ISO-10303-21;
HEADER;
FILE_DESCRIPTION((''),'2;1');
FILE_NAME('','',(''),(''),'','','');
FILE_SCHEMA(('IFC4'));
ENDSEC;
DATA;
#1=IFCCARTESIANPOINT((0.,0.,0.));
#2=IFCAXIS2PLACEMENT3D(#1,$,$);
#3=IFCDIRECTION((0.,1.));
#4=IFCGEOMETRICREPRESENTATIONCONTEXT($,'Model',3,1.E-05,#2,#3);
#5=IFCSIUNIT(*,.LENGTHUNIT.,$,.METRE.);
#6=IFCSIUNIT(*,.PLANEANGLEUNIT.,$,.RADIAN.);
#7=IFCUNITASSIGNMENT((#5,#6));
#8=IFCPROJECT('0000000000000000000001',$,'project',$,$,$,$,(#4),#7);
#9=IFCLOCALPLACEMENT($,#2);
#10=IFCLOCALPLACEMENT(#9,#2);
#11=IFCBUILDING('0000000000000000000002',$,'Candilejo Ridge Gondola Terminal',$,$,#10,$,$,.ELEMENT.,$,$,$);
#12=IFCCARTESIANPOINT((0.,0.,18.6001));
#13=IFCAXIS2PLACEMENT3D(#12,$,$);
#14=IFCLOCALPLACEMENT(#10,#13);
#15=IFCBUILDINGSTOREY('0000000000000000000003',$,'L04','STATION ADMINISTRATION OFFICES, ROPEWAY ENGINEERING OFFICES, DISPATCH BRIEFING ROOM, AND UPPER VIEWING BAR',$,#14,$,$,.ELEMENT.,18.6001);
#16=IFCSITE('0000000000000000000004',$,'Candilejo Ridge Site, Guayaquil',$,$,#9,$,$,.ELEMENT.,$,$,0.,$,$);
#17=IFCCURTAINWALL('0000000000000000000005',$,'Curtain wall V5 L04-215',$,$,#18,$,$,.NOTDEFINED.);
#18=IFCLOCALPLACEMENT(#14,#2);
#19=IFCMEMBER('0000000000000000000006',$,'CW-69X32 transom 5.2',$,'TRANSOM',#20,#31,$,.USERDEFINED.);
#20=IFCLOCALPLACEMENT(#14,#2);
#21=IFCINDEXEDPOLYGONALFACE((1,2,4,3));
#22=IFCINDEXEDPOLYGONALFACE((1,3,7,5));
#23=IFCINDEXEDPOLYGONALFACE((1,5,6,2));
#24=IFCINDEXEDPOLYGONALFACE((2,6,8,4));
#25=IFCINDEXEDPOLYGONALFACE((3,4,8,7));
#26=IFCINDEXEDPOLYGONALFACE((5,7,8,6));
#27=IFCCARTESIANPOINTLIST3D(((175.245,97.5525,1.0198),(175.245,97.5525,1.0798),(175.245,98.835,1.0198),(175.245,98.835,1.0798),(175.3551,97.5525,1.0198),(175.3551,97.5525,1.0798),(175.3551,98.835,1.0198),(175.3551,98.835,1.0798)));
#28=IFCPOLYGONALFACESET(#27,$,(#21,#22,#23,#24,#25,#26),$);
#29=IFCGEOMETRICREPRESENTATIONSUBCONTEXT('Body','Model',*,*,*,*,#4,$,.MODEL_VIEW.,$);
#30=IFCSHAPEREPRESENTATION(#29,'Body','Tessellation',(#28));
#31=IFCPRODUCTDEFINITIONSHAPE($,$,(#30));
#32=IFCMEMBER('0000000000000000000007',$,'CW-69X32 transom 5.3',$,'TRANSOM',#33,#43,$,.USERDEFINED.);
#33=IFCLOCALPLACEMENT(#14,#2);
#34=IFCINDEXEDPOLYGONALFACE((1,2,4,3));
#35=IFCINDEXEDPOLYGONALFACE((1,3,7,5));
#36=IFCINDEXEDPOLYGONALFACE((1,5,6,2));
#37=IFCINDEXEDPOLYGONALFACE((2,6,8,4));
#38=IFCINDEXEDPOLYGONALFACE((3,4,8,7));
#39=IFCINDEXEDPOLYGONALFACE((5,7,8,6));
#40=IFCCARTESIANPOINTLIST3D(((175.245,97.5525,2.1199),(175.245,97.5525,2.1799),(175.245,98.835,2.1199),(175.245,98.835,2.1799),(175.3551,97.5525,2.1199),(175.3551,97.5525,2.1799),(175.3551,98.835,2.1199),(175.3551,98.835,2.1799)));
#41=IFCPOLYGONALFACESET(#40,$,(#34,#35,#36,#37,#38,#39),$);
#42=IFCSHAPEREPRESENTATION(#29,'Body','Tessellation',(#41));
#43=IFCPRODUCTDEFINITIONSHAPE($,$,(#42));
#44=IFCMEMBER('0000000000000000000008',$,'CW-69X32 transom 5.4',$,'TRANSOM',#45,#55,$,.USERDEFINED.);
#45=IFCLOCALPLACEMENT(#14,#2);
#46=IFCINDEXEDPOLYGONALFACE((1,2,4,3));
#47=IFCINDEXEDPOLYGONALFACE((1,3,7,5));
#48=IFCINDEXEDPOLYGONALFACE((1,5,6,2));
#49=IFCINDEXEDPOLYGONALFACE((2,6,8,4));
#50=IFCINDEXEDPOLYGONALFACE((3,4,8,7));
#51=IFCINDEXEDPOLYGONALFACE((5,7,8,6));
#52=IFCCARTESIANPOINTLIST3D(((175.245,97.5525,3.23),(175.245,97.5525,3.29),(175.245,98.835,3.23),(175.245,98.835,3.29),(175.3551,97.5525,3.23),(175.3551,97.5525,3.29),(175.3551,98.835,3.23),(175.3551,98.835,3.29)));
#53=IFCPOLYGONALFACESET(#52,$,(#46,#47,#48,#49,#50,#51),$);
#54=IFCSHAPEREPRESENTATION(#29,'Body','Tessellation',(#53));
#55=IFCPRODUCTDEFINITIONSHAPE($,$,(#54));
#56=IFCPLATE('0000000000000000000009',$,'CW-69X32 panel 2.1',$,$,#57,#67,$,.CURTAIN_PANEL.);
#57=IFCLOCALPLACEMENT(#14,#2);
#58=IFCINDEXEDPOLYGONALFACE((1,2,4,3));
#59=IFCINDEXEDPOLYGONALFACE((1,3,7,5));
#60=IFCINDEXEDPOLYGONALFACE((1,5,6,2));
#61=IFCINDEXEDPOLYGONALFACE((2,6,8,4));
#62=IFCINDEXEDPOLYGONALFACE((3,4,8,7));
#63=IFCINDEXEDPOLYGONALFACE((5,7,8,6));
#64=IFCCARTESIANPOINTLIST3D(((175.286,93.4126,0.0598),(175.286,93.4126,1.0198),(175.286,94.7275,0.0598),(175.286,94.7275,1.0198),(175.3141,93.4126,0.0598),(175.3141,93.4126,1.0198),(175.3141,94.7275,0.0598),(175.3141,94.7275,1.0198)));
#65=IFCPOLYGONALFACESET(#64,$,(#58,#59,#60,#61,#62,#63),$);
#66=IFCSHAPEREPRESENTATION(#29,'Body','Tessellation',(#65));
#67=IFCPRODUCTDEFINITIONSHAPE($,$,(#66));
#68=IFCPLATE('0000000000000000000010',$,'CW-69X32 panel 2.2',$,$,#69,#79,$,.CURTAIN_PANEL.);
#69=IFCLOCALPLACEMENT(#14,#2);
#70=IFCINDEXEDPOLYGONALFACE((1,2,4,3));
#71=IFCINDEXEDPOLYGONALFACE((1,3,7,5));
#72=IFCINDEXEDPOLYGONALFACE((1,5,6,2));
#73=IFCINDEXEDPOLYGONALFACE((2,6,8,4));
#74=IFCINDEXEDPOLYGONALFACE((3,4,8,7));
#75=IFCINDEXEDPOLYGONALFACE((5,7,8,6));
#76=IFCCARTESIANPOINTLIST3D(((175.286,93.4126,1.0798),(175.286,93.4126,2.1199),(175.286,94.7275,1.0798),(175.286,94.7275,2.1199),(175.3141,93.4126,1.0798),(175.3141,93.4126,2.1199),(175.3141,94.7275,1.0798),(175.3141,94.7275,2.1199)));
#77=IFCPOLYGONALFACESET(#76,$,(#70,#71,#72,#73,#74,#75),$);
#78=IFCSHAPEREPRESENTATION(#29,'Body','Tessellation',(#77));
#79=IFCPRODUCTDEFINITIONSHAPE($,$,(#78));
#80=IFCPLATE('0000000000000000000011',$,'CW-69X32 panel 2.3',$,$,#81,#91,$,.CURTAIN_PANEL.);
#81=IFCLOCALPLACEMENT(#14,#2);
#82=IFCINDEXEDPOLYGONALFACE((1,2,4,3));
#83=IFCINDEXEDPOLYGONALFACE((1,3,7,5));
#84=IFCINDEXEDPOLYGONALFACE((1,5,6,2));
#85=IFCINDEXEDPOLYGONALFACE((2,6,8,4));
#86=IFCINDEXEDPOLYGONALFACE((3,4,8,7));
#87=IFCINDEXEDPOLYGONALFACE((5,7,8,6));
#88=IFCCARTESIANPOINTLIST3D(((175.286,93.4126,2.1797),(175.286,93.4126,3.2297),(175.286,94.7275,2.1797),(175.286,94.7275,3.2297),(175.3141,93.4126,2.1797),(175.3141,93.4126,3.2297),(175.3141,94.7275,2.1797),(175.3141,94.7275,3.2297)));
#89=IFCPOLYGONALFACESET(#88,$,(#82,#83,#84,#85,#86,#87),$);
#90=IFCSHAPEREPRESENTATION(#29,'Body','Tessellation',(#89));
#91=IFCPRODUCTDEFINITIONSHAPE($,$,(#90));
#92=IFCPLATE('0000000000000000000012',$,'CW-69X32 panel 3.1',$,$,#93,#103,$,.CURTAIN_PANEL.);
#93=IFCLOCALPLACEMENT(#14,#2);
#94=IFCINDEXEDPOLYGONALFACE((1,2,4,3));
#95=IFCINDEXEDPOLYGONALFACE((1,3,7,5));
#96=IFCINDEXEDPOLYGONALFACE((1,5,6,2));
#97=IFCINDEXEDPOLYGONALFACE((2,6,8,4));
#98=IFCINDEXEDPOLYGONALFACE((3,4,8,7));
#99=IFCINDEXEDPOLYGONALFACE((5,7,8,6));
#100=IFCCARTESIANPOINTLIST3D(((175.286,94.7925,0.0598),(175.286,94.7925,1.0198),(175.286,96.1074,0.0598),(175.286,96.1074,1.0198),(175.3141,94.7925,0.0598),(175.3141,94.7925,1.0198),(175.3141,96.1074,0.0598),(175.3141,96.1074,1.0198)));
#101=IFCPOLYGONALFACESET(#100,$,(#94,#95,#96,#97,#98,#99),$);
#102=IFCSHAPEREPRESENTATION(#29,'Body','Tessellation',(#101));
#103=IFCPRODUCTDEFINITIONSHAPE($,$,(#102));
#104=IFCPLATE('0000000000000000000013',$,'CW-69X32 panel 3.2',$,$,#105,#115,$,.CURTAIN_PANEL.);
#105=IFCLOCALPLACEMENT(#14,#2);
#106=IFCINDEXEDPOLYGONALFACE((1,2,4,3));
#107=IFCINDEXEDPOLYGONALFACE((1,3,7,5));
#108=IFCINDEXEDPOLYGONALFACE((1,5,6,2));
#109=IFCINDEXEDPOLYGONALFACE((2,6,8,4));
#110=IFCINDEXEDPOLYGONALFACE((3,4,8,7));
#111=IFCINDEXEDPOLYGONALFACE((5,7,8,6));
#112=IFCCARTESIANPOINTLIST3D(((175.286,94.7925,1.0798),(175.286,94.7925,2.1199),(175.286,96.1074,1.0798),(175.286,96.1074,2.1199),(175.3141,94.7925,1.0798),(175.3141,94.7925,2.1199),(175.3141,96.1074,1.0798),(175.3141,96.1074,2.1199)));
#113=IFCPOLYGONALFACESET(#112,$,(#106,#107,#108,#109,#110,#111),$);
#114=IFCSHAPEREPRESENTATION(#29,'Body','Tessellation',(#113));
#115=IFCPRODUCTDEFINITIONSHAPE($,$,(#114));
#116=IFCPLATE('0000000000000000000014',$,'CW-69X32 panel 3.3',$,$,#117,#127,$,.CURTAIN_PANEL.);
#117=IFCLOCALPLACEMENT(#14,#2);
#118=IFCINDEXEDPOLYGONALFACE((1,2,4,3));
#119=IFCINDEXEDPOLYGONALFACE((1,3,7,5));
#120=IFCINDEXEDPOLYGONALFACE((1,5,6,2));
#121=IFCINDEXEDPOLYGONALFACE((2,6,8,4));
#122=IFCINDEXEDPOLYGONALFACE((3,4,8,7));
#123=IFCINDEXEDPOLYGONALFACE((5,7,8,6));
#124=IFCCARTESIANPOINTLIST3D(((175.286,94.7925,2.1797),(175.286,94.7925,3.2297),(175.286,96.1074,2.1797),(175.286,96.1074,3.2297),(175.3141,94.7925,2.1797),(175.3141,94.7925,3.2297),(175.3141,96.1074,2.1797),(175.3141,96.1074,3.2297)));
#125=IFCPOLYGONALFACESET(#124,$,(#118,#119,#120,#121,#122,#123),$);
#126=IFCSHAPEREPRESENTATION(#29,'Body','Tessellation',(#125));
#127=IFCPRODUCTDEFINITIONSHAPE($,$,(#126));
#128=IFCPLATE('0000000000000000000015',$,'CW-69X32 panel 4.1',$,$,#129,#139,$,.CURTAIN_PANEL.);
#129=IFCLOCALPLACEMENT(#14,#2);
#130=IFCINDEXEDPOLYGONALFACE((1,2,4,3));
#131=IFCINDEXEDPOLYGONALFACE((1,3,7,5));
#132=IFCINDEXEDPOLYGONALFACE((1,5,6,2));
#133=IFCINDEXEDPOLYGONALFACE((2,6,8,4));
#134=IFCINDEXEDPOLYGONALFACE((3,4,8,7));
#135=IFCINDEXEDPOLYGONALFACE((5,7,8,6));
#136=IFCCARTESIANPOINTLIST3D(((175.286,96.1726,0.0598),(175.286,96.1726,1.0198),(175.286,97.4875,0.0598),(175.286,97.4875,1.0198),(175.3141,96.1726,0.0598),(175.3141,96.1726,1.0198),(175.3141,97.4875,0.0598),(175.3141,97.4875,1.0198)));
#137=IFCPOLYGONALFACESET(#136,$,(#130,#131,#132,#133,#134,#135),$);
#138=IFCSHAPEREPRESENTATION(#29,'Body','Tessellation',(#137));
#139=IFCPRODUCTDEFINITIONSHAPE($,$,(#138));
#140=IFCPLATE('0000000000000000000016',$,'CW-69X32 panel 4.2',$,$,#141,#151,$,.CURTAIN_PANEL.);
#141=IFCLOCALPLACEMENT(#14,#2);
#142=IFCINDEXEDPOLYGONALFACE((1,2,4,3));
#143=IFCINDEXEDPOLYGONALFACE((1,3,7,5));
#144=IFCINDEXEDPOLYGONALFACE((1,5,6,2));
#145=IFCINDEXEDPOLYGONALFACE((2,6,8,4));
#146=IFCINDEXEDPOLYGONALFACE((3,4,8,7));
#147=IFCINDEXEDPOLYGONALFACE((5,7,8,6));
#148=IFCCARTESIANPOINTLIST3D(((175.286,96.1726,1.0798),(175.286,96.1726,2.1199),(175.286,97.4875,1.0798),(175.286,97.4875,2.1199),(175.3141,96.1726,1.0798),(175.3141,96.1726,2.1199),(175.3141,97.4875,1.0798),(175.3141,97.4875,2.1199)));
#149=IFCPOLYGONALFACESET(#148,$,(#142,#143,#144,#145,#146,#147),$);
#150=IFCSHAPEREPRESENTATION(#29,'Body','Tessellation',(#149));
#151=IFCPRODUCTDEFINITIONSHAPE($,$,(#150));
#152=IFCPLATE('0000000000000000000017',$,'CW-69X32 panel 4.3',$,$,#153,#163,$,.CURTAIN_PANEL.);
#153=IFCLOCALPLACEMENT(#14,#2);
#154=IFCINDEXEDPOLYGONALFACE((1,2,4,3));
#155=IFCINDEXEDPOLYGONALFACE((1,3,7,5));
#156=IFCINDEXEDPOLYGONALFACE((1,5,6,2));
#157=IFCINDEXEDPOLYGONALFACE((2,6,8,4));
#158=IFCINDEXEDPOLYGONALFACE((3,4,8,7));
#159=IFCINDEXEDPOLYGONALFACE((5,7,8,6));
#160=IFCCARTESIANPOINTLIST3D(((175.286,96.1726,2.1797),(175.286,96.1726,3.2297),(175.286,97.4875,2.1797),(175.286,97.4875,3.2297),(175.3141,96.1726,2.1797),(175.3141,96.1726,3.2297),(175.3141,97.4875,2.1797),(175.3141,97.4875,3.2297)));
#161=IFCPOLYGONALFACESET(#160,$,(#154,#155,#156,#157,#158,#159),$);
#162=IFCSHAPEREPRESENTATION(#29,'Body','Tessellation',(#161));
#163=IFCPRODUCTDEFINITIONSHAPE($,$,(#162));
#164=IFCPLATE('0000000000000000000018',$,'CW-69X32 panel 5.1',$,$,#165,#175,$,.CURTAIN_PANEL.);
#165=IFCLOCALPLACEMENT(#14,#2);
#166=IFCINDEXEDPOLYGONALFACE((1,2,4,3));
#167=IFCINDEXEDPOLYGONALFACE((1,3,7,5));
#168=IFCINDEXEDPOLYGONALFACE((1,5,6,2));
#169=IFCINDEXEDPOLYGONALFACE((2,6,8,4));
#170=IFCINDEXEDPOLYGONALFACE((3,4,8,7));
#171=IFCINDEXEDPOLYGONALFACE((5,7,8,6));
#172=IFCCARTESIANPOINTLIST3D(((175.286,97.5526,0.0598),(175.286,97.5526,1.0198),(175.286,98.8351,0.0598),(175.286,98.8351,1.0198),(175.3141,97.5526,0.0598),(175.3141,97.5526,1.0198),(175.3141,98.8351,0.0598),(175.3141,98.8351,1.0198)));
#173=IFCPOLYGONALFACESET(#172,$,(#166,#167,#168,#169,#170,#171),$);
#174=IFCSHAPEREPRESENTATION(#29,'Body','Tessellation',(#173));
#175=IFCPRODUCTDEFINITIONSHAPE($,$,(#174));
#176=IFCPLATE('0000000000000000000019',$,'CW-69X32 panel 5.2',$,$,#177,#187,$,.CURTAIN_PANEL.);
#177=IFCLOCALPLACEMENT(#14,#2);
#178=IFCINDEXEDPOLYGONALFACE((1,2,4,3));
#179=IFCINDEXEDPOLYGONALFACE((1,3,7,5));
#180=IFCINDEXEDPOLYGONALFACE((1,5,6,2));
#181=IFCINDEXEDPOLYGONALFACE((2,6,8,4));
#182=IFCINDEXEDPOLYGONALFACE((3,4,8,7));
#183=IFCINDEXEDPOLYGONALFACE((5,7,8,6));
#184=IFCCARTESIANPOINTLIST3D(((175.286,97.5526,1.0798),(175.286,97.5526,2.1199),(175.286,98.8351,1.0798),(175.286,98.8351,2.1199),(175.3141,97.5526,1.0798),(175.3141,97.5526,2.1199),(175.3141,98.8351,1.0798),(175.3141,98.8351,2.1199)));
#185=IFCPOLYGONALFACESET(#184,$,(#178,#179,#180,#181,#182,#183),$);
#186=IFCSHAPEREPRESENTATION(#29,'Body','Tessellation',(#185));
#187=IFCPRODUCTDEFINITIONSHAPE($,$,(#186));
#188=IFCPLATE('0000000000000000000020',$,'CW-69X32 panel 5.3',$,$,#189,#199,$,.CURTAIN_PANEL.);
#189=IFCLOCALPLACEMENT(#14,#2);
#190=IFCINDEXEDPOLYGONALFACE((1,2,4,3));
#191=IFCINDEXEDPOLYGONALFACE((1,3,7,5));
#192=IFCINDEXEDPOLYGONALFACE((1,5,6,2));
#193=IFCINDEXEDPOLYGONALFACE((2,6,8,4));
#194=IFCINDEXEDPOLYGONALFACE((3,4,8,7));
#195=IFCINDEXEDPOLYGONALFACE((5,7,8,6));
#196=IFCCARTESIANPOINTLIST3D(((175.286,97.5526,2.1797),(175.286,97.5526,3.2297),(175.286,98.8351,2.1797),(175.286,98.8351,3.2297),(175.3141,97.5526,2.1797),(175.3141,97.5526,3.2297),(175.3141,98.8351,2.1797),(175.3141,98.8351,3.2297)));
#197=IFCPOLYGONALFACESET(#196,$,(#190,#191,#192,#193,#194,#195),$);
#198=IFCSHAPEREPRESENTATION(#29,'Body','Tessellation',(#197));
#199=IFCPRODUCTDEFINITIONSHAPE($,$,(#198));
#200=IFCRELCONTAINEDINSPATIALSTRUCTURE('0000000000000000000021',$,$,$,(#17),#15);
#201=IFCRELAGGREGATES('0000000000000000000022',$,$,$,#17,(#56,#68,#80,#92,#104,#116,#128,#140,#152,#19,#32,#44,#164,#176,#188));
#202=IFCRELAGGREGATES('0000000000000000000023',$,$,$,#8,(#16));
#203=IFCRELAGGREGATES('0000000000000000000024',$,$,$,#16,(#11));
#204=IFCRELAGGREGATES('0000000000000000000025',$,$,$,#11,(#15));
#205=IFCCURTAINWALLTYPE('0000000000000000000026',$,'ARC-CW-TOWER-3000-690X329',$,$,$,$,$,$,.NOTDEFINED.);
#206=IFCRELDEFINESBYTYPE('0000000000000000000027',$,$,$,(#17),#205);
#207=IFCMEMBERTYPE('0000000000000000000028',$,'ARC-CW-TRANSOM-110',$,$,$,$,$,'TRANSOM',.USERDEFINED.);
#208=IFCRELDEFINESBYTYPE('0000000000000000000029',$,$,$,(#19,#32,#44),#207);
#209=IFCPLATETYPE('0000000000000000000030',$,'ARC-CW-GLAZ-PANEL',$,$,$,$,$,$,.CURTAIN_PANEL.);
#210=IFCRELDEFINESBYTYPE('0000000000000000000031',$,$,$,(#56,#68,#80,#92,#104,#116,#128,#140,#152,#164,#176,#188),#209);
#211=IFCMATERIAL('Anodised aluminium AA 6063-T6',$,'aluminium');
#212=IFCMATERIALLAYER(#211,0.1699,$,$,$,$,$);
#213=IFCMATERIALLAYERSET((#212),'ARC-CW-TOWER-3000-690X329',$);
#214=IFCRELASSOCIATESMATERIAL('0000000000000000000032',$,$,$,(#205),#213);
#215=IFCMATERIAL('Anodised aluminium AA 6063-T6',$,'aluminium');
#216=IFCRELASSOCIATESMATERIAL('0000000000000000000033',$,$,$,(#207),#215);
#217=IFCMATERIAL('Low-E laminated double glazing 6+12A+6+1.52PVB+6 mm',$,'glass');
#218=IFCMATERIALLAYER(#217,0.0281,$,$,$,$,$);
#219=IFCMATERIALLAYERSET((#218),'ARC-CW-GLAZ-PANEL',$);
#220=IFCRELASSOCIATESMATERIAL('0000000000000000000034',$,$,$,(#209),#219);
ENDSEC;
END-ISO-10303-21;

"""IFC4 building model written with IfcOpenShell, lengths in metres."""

from ifc_helpers import new_model, si_unit, direction, frame, origin, origin_2d, place, context, subcontext, project, spatial, rectangle, extrude, material, layer, layer_set, material_profile, profile_set, type_object, element, aggregate, save


model = new_model("IFC4")

# Units and contexts
model_context = context("Model", 3, precision=1e-05, world=origin(), true_north=direction((0.0, 1.0)))
body_context = subcontext(model_context, "Body", "Model", "MODEL_VIEW")
ifc_project = project(units=[si_unit("LENGTHUNIT", "METRE"), si_unit("PLANEANGLEUNIT", "RADIAN")], contexts=[model_context])

# Site, building, storey
site_placement = place(None, origin())
site = spatial("IfcSite", under=ifc_project, at=site_placement, Name="Candilejo Ridge Site, Guayaquil", CompositionType="ELEMENT", RefElevation=0.0)
building_placement = place(site_placement, origin())
building = spatial("IfcBuilding", under=site, at=building_placement, Name="Candilejo Ridge Gondola Terminal", CompositionType="ELEMENT")
storey_placement = place(building_placement, frame((0.0, 0.0, 18.6001)))
storey = spatial("IfcBuildingStorey", under=building, at=storey_placement, Name="L04", Description="STATION ADMINISTRATION OFFICES, ROPEWAY ENGINEERING OFFICES, DISPATCH BRIEFING ROOM, AND UPPER VIEWING BAR", CompositionType="ELEMENT", Elevation=18.6001)

# Curtain wall, members, plates
ifc_material_1 = material(Name="Anodised aluminium AA 6063-T6", Category="aluminium")
ifc_layer_1 = layer(ifc_material_1, 0.1699)
ifc_layer_set_1 = layer_set([ifc_layer_1], Name="ARC-CW-TOWER-3000-690X329")
curtain_wall_type = type_object("IfcCurtainWallType", Name="ARC-CW-TOWER-3000-690X329", PredefinedType="NOTDEFINED", material=ifc_layer_set_1)
curtain_wall_placement = place(storey_placement, origin())
curtain_wall = element("IfcCurtainWall", 1, at=curtain_wall_placement, inside=storey, type_object=curtain_wall_type, Name="Curtain wall V5 L04-215", PredefinedType="NOTDEFINED")
ifc_material_2 = material(Name="Anodised aluminium AA 6063-T6", Category="aluminium")
ifc_material_profile_1 = material_profile(ifc_material_2, rectangle(XDim=0.1101, YDim=0.0601, at=origin_2d()))
ifc_profile_set_1 = profile_set([ifc_material_profile_1], Name="Anodised aluminium AA 6063-T6")
member_type_1 = type_object("IfcMemberType", Name="ARC-CW-TRANSOM-110", ElementType="TRANSOM", PredefinedType="USERDEFINED", material=ifc_profile_set_1)
member_1_placement = place(storey_placement, frame((175.3, 97.5525, 1.0498), z_axis=(0.0, 1.0, 0.0), x_axis=(-1.0, 0.0, 0.0)))
member_1 = element("IfcMember", 2, at=member_1_placement, type_object=member_type_1, Name="CW-69X32 transom 5.2", ObjectType="TRANSOM", PredefinedType="USERDEFINED", context=body_context, shape_type="SweptSolid", body=[
    extrude(rectangle(XDim=0.1101, YDim=0.0601, at=origin_2d()), origin(), (0.0, 0.0, 1.0), 1.2825),
])
member_2_placement = place(storey_placement, frame((175.3, 97.5525, 2.1499), z_axis=(0.0, 1.0, 0.0), x_axis=(-1.0, 0.0, 0.0)))
member_2 = element("IfcMember", 3, at=member_2_placement, type_object=member_type_1, Name="CW-69X32 transom 5.3", ObjectType="TRANSOM", PredefinedType="USERDEFINED", context=body_context, shape_type="SweptSolid", body=[
    extrude(rectangle(XDim=0.1101, YDim=0.0601, at=origin_2d()), origin(), (0.0, 0.0, 1.0), 1.2825),
])
member_3_placement = place(storey_placement, frame((175.3, 97.5525, 3.26), z_axis=(0.0, 1.0, 0.0), x_axis=(-1.0, 0.0, 0.0)))
member_3 = element("IfcMember", 4, at=member_3_placement, type_object=member_type_1, Name="CW-69X32 transom 5.4", ObjectType="TRANSOM", PredefinedType="USERDEFINED", context=body_context, shape_type="SweptSolid", body=[
    extrude(rectangle(XDim=0.1101, YDim=0.0601, at=origin_2d()), origin(), (0.0, 0.0, 1.0), 1.2825),
])
ifc_material_3 = material(Name="Low-E laminated double glazing 6+12A+6+1.52PVB+6 mm", Category="glass")
ifc_layer_2 = layer(ifc_material_3, 0.0281)
ifc_layer_set_2 = layer_set([ifc_layer_2], Name="ARC-CW-GLAZ-PANEL")
plate_type = type_object("IfcPlateType", Name="ARC-CW-GLAZ-PANEL", PredefinedType="CURTAIN_PANEL", material=ifc_layer_set_2)
plate_1_placement = place(storey_placement, frame((175.3, 94.0701, 0.0598), z_axis=(0.0, 0.0, 1.0), x_axis=(0.0, 1.0, 0.0)))
plate_1 = element("IfcPlate", 5, at=plate_1_placement, type_object=plate_type, Name="CW-69X32 panel 2.1", PredefinedType="CURTAIN_PANEL", context=body_context, shape_type="SweptSolid", body=[
    extrude(rectangle(XDim=1.3149, YDim=0.0281, at=origin_2d()), origin(), (0.0, 0.0, 1.0), 0.96),
])
plate_2_placement = place(storey_placement, frame((175.3, 94.0701, 1.0798), z_axis=(0.0, 0.0, 1.0), x_axis=(0.0, 1.0, 0.0)))
plate_2 = element("IfcPlate", 6, at=plate_2_placement, type_object=plate_type, Name="CW-69X32 panel 2.2", PredefinedType="CURTAIN_PANEL", context=body_context, shape_type="SweptSolid", body=[
    extrude(rectangle(XDim=1.3149, YDim=0.0281, at=origin_2d()), origin(), (0.0, 0.0, 1.0), 1.04),
])
plate_3_placement = place(storey_placement, frame((175.3, 94.0701, 2.1797), z_axis=(0.0, 0.0, 1.0), x_axis=(0.0, 1.0, 0.0)))
plate_3 = element("IfcPlate", 7, at=plate_3_placement, type_object=plate_type, Name="CW-69X32 panel 2.3", PredefinedType="CURTAIN_PANEL", context=body_context, shape_type="SweptSolid", body=[
    extrude(rectangle(XDim=1.3149, YDim=0.0281, at=origin_2d()), origin(), (0.0, 0.0, 1.0), 1.05),
])
plate_4_placement = place(storey_placement, frame((175.3, 95.45, 0.0598), z_axis=(0.0, 0.0, 1.0), x_axis=(0.0, 1.0, 0.0)))
plate_4 = element("IfcPlate", 8, at=plate_4_placement, type_object=plate_type, Name="CW-69X32 panel 3.1", PredefinedType="CURTAIN_PANEL", context=body_context, shape_type="SweptSolid", body=[
    extrude(rectangle(XDim=1.3149, YDim=0.0281, at=origin_2d()), origin(), (0.0, 0.0, 1.0), 0.96),
])
plate_5_placement = place(storey_placement, frame((175.3, 95.45, 1.0798), z_axis=(0.0, 0.0, 1.0), x_axis=(0.0, 1.0, 0.0)))
plate_5 = element("IfcPlate", 9, at=plate_5_placement, type_object=plate_type, Name="CW-69X32 panel 3.2", PredefinedType="CURTAIN_PANEL", context=body_context, shape_type="SweptSolid", body=[
    extrude(rectangle(XDim=1.3149, YDim=0.0281, at=origin_2d()), origin(), (0.0, 0.0, 1.0), 1.04),
])
plate_6_placement = place(storey_placement, frame((175.3, 95.45, 2.1797), z_axis=(0.0, 0.0, 1.0), x_axis=(0.0, 1.0, 0.0)))
plate_6 = element("IfcPlate", 10, at=plate_6_placement, type_object=plate_type, Name="CW-69X32 panel 3.3", PredefinedType="CURTAIN_PANEL", context=body_context, shape_type="SweptSolid", body=[
    extrude(rectangle(XDim=1.3149, YDim=0.0281, at=origin_2d()), origin(), (0.0, 0.0, 1.0), 1.05),
])
plate_7_placement = place(storey_placement, frame((175.3, 96.8301, 0.0598), z_axis=(0.0, 0.0, 1.0), x_axis=(0.0, 1.0, 0.0)))
plate_7 = element("IfcPlate", 11, at=plate_7_placement, type_object=plate_type, Name="CW-69X32 panel 4.1", PredefinedType="CURTAIN_PANEL", context=body_context, shape_type="SweptSolid", body=[
    extrude(rectangle(XDim=1.3149, YDim=0.0281, at=origin_2d()), origin(), (0.0, 0.0, 1.0), 0.96),
])
plate_8_placement = place(storey_placement, frame((175.3, 96.8301, 1.0798), z_axis=(0.0, 0.0, 1.0), x_axis=(0.0, 1.0, 0.0)))
plate_8 = element("IfcPlate", 12, at=plate_8_placement, type_object=plate_type, Name="CW-69X32 panel 4.2", PredefinedType="CURTAIN_PANEL", context=body_context, shape_type="SweptSolid", body=[
    extrude(rectangle(XDim=1.3149, YDim=0.0281, at=origin_2d()), origin(), (0.0, 0.0, 1.0), 1.04),
])
plate_9_placement = place(storey_placement, frame((175.3, 96.8301, 2.1797), z_axis=(0.0, 0.0, 1.0), x_axis=(0.0, 1.0, 0.0)))
plate_9 = element("IfcPlate", 13, at=plate_9_placement, type_object=plate_type, Name="CW-69X32 panel 4.3", PredefinedType="CURTAIN_PANEL", context=body_context, shape_type="SweptSolid", body=[
    extrude(rectangle(XDim=1.3149, YDim=0.0281, at=origin_2d()), origin(), (0.0, 0.0, 1.0), 1.05),
])
plate_10_placement = place(storey_placement, frame((175.3, 98.1938, 0.0598), z_axis=(0.0, 0.0, 1.0), x_axis=(0.0, 1.0, 0.0)))
plate_10 = element("IfcPlate", 14, at=plate_10_placement, type_object=plate_type, Name="CW-69X32 panel 5.1", PredefinedType="CURTAIN_PANEL", context=body_context, shape_type="SweptSolid", body=[
    extrude(rectangle(XDim=1.2825, YDim=0.0281, at=origin_2d()), origin(), (0.0, 0.0, 1.0), 0.96),
])
plate_11_placement = place(storey_placement, frame((175.3, 98.1938, 1.0798), z_axis=(0.0, 0.0, 1.0), x_axis=(0.0, 1.0, 0.0)))
plate_11 = element("IfcPlate", 15, at=plate_11_placement, type_object=plate_type, Name="CW-69X32 panel 5.2", PredefinedType="CURTAIN_PANEL", context=body_context, shape_type="SweptSolid", body=[
    extrude(rectangle(XDim=1.2825, YDim=0.0281, at=origin_2d()), origin(), (0.0, 0.0, 1.0), 1.04),
])
plate_12_placement = place(storey_placement, frame((175.3, 98.1938, 2.1797), z_axis=(0.0, 0.0, 1.0), x_axis=(0.0, 1.0, 0.0)))
plate_12 = element("IfcPlate", 16, at=plate_12_placement, type_object=plate_type, Name="CW-69X32 panel 5.3", PredefinedType="CURTAIN_PANEL", context=body_context, shape_type="SweptSolid", body=[
    extrude(rectangle(XDim=1.2825, YDim=0.0281, at=origin_2d()), origin(), (0.0, 0.0, 1.0), 1.05),
])
aggregate(curtain_wall, [plate_1, plate_2, plate_3, plate_4, plate_5, plate_6, plate_7, plate_8, plate_9, member_1, member_2, member_3, plate_10, plate_11, plate_12])

save(model, "model.ifc")
